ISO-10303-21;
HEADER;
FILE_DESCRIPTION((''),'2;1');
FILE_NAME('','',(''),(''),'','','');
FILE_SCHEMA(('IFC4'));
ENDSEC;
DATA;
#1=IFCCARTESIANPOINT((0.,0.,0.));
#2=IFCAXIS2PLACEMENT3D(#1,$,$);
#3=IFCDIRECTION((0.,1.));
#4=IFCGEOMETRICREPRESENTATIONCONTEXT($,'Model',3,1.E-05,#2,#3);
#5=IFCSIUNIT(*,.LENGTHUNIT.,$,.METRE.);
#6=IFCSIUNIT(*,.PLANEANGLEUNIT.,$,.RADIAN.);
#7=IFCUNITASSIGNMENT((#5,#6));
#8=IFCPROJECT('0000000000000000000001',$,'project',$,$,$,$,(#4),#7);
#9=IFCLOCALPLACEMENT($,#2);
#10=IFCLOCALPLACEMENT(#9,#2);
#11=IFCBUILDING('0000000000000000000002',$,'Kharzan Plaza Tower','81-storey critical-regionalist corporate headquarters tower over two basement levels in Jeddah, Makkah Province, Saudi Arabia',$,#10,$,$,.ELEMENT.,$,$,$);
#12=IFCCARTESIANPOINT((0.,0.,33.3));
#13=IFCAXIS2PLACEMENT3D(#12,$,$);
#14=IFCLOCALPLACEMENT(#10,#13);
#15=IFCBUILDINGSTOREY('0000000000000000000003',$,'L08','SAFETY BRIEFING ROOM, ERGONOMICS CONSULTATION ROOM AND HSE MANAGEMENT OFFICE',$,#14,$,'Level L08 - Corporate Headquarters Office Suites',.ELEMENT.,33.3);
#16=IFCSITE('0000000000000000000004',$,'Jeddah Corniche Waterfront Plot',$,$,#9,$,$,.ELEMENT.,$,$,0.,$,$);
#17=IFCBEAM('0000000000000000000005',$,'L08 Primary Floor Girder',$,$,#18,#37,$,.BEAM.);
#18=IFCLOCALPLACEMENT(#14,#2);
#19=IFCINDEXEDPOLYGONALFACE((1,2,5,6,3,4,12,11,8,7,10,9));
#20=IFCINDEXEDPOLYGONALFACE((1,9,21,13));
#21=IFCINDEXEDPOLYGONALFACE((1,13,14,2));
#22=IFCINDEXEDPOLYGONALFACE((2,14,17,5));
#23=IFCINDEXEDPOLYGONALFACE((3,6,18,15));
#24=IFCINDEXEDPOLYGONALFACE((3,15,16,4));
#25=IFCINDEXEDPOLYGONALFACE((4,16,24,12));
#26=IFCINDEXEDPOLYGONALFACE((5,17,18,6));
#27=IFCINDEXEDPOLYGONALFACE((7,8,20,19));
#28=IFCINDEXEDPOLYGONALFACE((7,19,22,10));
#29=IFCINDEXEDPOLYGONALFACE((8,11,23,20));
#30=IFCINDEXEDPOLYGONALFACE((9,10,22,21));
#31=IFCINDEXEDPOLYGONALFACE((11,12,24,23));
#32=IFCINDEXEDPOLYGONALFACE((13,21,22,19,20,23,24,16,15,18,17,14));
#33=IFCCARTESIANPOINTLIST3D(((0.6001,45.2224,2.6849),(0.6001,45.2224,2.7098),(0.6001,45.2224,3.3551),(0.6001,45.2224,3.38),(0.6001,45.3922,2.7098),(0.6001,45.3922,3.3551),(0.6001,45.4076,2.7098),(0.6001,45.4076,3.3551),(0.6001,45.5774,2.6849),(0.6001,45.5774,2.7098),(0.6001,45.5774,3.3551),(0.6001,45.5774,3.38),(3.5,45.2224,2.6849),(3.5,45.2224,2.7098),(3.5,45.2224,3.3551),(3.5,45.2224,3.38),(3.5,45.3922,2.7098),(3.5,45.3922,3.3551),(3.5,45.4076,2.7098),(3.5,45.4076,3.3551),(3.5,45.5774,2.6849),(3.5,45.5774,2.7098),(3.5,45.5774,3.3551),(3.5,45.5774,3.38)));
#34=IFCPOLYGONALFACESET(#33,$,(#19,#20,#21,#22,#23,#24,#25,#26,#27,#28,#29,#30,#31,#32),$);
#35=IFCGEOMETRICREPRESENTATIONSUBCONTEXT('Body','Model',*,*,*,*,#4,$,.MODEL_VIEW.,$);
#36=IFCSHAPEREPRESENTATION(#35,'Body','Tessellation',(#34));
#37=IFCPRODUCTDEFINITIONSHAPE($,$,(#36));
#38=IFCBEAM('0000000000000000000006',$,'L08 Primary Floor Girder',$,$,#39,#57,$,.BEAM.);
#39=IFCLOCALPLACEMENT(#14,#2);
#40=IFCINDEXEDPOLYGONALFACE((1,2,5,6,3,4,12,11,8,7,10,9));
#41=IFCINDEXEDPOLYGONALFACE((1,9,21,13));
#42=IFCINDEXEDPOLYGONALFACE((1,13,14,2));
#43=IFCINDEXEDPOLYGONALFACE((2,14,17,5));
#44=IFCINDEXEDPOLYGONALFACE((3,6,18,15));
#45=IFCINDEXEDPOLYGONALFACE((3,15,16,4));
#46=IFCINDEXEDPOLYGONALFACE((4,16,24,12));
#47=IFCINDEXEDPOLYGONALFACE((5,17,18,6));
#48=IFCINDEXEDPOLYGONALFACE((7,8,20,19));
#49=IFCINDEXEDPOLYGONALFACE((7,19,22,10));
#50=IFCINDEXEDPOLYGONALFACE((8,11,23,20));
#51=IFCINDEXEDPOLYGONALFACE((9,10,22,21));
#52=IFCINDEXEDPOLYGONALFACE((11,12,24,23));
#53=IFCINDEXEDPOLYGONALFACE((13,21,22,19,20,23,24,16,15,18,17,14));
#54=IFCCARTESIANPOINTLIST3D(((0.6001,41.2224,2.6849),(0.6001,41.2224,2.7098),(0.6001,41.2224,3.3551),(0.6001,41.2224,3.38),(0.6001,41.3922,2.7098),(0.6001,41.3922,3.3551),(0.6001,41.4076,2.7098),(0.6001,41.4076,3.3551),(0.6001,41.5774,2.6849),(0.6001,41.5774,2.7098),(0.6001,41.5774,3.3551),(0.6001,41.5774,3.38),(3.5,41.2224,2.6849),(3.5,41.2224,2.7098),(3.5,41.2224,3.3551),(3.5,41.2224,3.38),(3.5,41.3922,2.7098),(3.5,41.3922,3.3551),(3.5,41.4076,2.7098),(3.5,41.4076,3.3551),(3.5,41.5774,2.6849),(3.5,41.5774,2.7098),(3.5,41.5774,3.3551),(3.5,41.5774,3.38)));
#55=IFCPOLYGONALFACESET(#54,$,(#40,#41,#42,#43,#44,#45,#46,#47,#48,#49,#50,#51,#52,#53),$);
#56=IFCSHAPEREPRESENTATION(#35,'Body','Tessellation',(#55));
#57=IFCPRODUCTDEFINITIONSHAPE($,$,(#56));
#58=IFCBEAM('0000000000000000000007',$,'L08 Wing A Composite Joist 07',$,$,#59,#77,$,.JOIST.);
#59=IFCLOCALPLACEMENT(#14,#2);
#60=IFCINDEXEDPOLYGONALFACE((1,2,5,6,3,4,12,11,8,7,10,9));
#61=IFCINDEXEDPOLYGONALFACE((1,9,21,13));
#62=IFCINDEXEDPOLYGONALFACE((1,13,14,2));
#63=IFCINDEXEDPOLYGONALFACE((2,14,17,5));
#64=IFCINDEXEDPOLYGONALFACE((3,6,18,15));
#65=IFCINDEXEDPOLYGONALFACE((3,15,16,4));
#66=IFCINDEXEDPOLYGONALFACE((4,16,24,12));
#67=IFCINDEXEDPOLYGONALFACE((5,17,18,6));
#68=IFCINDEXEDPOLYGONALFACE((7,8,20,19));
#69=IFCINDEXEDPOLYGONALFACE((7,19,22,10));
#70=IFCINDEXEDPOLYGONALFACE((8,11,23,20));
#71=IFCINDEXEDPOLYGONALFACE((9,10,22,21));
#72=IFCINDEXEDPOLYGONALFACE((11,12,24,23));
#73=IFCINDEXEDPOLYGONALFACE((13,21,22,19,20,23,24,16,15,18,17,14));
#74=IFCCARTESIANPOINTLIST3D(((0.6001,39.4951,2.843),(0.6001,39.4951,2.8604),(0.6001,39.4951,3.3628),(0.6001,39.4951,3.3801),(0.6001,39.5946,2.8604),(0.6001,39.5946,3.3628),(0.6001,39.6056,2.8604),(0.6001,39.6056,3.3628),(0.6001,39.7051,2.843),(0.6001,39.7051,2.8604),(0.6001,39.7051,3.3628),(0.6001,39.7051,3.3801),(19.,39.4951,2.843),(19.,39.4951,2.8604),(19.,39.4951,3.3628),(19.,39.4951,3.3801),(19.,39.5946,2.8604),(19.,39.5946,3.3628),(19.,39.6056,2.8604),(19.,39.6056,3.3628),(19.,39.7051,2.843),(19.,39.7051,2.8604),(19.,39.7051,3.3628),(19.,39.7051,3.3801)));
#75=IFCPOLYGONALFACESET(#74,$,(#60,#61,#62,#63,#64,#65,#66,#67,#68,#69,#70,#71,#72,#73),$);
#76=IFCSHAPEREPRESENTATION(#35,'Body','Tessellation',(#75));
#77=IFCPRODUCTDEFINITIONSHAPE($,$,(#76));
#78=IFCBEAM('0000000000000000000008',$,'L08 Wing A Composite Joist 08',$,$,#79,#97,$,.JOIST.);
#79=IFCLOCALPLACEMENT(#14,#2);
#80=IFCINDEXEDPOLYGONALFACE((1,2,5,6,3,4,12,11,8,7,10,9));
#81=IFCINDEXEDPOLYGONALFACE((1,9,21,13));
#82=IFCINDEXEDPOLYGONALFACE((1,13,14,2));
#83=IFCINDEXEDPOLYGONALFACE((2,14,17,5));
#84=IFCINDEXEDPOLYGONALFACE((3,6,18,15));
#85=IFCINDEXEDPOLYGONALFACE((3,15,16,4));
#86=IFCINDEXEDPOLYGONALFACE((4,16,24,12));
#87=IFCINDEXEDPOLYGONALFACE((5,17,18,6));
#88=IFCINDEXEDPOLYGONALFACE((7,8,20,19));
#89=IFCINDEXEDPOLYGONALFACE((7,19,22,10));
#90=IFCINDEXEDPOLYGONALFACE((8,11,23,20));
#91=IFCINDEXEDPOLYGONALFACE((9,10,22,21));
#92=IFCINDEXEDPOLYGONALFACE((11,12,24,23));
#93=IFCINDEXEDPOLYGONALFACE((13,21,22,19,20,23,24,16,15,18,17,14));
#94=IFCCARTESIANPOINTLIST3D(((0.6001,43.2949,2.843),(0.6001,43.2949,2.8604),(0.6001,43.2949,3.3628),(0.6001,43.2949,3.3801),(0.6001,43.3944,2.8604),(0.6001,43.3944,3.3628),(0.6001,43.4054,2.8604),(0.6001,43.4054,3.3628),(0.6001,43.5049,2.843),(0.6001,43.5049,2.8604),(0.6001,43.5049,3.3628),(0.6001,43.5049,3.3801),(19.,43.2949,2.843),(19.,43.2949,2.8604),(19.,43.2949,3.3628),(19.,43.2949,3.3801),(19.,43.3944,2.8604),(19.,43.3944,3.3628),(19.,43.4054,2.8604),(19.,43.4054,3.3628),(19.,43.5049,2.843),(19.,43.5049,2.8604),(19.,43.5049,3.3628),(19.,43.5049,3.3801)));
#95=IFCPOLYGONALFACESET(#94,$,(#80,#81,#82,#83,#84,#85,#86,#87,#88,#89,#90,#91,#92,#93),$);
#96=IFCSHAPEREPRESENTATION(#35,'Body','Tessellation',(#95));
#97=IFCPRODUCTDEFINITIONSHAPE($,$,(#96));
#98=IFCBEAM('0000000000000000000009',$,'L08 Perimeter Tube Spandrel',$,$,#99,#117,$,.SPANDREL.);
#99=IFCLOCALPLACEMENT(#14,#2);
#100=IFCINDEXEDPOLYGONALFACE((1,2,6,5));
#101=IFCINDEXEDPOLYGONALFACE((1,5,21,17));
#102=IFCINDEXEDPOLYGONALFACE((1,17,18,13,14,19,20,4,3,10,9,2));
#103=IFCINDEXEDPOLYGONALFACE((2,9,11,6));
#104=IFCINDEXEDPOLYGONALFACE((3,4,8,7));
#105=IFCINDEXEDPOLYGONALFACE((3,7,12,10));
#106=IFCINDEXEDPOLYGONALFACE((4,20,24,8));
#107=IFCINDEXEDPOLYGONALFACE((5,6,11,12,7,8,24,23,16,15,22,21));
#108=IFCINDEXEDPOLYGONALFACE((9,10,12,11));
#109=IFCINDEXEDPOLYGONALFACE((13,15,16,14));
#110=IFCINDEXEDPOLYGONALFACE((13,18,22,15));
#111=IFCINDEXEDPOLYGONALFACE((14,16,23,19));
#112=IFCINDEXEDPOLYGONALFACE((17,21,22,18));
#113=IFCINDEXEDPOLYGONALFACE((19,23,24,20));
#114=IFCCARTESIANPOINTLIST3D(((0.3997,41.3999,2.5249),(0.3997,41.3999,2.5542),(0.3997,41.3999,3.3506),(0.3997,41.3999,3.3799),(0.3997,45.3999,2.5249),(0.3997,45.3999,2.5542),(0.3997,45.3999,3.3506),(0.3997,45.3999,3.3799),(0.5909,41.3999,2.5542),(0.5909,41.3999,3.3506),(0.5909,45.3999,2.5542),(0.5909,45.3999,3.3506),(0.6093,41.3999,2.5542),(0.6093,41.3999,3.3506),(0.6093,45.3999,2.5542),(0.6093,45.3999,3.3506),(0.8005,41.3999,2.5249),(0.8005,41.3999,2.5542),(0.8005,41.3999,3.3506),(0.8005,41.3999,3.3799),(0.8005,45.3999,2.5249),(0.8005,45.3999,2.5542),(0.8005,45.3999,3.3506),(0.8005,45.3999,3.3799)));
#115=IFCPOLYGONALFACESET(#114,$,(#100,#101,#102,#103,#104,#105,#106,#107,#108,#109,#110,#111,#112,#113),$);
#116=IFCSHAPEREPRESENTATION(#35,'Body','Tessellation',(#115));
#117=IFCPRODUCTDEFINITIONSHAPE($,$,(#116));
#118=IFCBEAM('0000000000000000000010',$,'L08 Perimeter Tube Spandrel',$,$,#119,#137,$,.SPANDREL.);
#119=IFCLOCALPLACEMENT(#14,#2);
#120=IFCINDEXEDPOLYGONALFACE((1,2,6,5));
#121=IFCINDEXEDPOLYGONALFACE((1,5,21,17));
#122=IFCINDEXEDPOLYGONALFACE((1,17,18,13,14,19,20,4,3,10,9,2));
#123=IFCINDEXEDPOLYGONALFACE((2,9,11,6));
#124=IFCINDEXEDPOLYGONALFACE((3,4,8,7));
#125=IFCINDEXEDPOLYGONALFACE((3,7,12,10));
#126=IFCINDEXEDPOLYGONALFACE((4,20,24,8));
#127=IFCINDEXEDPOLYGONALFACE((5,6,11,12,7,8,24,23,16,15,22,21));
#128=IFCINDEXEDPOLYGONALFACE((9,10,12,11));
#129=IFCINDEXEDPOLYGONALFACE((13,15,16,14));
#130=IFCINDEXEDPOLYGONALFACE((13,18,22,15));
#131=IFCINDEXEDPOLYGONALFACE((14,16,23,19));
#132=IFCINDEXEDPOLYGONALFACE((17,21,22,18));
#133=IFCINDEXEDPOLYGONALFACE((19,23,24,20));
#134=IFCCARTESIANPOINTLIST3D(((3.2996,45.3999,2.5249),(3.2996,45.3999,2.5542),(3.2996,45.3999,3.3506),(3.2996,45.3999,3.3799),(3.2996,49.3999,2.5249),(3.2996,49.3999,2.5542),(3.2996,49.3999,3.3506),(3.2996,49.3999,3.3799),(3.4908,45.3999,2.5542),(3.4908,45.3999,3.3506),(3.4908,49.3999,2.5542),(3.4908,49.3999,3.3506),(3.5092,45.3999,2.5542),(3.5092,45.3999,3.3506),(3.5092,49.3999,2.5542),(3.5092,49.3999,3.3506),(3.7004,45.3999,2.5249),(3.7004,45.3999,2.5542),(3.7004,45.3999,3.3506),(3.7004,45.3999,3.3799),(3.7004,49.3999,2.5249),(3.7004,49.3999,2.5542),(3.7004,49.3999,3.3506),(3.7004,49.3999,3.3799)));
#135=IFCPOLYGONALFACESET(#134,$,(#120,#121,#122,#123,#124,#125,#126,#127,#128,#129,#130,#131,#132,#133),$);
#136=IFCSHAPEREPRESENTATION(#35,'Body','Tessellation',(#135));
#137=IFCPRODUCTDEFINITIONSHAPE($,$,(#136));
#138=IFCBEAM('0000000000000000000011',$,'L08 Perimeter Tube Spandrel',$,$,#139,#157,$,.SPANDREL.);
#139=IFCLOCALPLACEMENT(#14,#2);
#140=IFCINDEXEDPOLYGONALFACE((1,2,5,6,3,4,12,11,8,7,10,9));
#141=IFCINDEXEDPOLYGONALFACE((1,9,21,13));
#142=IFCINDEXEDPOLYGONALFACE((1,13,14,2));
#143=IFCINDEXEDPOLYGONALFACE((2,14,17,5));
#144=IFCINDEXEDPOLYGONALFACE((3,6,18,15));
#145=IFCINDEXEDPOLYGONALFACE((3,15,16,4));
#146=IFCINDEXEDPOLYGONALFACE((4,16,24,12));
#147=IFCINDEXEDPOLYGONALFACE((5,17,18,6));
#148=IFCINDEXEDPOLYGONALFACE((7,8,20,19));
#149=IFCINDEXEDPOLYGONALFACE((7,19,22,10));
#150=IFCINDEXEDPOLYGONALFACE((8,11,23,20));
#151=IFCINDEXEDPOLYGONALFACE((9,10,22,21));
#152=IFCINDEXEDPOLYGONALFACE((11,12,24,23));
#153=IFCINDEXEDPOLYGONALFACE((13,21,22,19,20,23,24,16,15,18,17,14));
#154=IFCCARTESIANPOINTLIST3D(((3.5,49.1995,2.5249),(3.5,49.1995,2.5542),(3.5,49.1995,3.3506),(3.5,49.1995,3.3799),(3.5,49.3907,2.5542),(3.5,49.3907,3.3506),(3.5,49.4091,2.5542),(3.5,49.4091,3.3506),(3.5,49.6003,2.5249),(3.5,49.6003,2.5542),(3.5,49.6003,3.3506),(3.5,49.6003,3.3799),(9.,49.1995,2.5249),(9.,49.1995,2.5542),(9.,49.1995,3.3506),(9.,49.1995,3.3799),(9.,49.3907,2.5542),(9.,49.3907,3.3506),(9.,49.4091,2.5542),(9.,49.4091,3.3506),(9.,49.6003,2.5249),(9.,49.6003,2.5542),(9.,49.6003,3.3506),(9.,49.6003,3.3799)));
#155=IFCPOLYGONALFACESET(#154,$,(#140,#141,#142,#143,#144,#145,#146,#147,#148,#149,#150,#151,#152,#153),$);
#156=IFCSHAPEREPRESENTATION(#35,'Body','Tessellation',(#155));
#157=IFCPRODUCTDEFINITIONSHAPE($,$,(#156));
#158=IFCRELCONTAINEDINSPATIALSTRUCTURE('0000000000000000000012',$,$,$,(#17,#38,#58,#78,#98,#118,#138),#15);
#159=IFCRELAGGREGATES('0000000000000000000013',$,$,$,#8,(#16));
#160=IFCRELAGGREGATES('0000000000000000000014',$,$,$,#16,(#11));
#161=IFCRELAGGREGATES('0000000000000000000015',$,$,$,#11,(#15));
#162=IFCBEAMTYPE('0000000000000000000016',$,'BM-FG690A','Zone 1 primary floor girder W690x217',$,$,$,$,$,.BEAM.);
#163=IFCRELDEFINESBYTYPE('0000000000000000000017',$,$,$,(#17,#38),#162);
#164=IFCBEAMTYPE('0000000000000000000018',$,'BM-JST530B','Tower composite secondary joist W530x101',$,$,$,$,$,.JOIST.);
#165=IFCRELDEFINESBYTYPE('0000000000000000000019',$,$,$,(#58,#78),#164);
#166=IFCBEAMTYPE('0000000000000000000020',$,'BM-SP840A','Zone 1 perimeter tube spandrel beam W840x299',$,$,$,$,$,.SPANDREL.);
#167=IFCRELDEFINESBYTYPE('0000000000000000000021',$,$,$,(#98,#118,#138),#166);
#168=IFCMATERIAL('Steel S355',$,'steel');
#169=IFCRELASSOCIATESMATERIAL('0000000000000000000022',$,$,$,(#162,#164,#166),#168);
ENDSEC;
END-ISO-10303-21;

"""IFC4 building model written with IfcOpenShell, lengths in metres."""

from ifc_helpers import new_model, si_unit, direction, frame, origin, origin_2d, place, context, subcontext, project, spatial, i_section, extrude, source, transform, mapped, material, material_profile, profile_set, type_object, element, save


model = new_model("IFC4")

# Units and contexts
model_context = context("Model", 3, precision=1e-05, world=origin(), true_north=direction((0.0, 1.0)))
body_context = subcontext(model_context, "Body", "Model", "MODEL_VIEW")
ifc_project = project(units=[si_unit("LENGTHUNIT", "METRE"), si_unit("PLANEANGLEUNIT", "RADIAN")], contexts=[model_context])

# Site, building, storey
site_placement = place(None, origin())
site = spatial("IfcSite", under=ifc_project, at=site_placement, Name="Jeddah Corniche Waterfront Plot", CompositionType="ELEMENT", RefElevation=0.0)
building_placement = place(site_placement, origin())
building = spatial("IfcBuilding", under=site, at=building_placement, Name="Kharzan Plaza Tower", Description="81-storey critical-regionalist corporate headquarters tower over two basement levels in Jeddah, Makkah Province, Saudi Arabia", CompositionType="ELEMENT")
storey_placement = place(building_placement, frame((0.0, 0.0, 33.3)))
storey = spatial("IfcBuildingStorey", under=building, at=storey_placement, Name="L08", Description="SAFETY BRIEFING ROOM, ERGONOMICS CONSULTATION ROOM AND HSE MANAGEMENT OFFICE", LongName="Level L08 - Corporate Headquarters Office Suites", CompositionType="ELEMENT", Elevation=33.3)

# Beams
ifc_material_1 = material(Name="Steel S355", Category="steel")
ifc_material_profile_1 = material_profile(ifc_material_1, i_section(OverallWidth=0.355, OverallDepth=0.6951, WebThickness=0.0154, FlangeThickness=0.0249, at=origin_2d()), Name="W690x217")
ifc_profile_set_1 = profile_set([ifc_material_profile_1], Name="Steel S355")
beam_type_1 = type_object("IfcBeamType", Name="BM-FG690A", Description="Zone 1 primary floor girder W690x217", PredefinedType="BEAM", material=ifc_profile_set_1)
shared_shape_1 = source(origin(), body_context, "Body", "SweptSolid", [
    extrude(i_section(OverallWidth=0.355, OverallDepth=0.6951, WebThickness=0.0154, FlangeThickness=0.0249, at=origin_2d()), origin(), (0.0, 0.0, 1.0), 2.8999),
])
for number, where, z_axis, x_axis, name in (
    (1, (0.6001, 45.3999, 3.0325), (1.0, 0.0, 0.0), (0.0, 1.0, 0.0), "L08 Primary Floor Girder"),
    (2, (0.6001, 41.3999, 3.0325), (1.0, 0.0, 0.0), (0.0, 1.0, 0.0), "L08 Primary Floor Girder"),
):
    element("IfcBeam", number, at=place(storey_placement, frame(where, z_axis=z_axis, x_axis=x_axis)), inside=storey, type_object=beam_type_1, Name=name, PredefinedType="BEAM", context=body_context, shape_type="MappedRepresentation", body=[
        mapped(shared_shape_1, transform((0.0, 0.0, 0.0), x_axis=(1.0, 0.0, 0.0), y_axis=(0.0, 1.0, 0.0), z_axis=(0.0, 0.0, 1.0))),
    ])
ifc_material_profile_2 = material_profile(ifc_material_1, i_section(OverallWidth=0.21, OverallDepth=0.5371, WebThickness=0.011, FlangeThickness=0.0173, at=origin_2d()), Name="W530x101")
ifc_profile_set_2 = profile_set([ifc_material_profile_2], Name="Steel S355")
beam_type_2 = type_object("IfcBeamType", Name="BM-JST530B", Description="Tower composite secondary joist W530x101", PredefinedType="JOIST", material=ifc_profile_set_2)
shared_shape_2 = source(origin(), body_context, "Body", "SweptSolid", [
    extrude(i_section(OverallWidth=0.21, OverallDepth=0.5371, WebThickness=0.011, FlangeThickness=0.0173, at=origin_2d()), origin(), (0.0, 0.0, 1.0), 18.3999),
])
for number, where, z_axis, x_axis, name in (
    (3, (0.6001, 39.6001, 3.1116), (1.0, 0.0, 0.0), (0.0, 1.0, 0.0), "L08 Wing A Composite Joist 07"),
    (4, (0.6001, 43.3999, 3.1116), (1.0, 0.0, 0.0), (0.0, 1.0, 0.0), "L08 Wing A Composite Joist 08"),
):
    element("IfcBeam", number, at=place(storey_placement, frame(where, z_axis=z_axis, x_axis=x_axis)), inside=storey, type_object=beam_type_2, Name=name, PredefinedType="JOIST", context=body_context, shape_type="MappedRepresentation", body=[
        mapped(shared_shape_2, transform((0.0, 0.0, 0.0), x_axis=(1.0, 0.0, 0.0), y_axis=(0.0, 1.0, 0.0), z_axis=(0.0, 0.0, 1.0))),
    ])
ifc_material_profile_3 = material_profile(ifc_material_1, i_section(OverallWidth=0.4009, OverallDepth=0.855, WebThickness=0.0183, FlangeThickness=0.0293, at=origin_2d()), Name="W840x299")
ifc_profile_set_3 = profile_set([ifc_material_profile_3], Name="Steel S355")
beam_type_3 = type_object("IfcBeamType", Name="BM-SP840A", Description="Zone 1 perimeter tube spandrel beam W840x299", PredefinedType="SPANDREL", material=ifc_profile_set_3)
shared_shape_3 = source(origin(), body_context, "Body", "SweptSolid", [
    extrude(i_section(OverallWidth=0.4009, OverallDepth=0.855, WebThickness=0.0183, FlangeThickness=0.0293, at=origin_2d()), origin(), (0.0, 0.0, 1.0), 4.0),
])
for number, where, z_axis, x_axis, name in (
    (5, (0.6001, 41.3999, 2.9524), (0.0, 1.0, 0.0), (-1.0, 0.0, 0.0), "L08 Perimeter Tube Spandrel"),
    (6, (3.5, 45.3999, 2.9524), (0.0, 1.0, 0.0), (-1.0, 0.0, 0.0), "L08 Perimeter Tube Spandrel"),
):
    element("IfcBeam", number, at=place(storey_placement, frame(where, z_axis=z_axis, x_axis=x_axis)), inside=storey, type_object=beam_type_3, Name=name, PredefinedType="SPANDREL", context=body_context, shape_type="MappedRepresentation", body=[
        mapped(shared_shape_3, transform((0.0, 0.0, 0.0), x_axis=(1.0, 0.0, 0.0), y_axis=(0.0, 1.0, 0.0), z_axis=(0.0, 0.0, 1.0))),
    ])
shared_shape_4 = source(origin(), body_context, "Body", "SweptSolid", [
    extrude(i_section(OverallWidth=0.4009, OverallDepth=0.855, WebThickness=0.0183, FlangeThickness=0.0293, at=origin_2d()), origin(), (0.0, 0.0, 1.0), 5.5),
])
beam_1_placement = place(storey_placement, frame((3.5, 49.3999, 2.9524), z_axis=(1.0, 0.0, 0.0), x_axis=(0.0, 1.0, 0.0)))
element("IfcBeam", 7, at=beam_1_placement, inside=storey, type_object=beam_type_3, Name="L08 Perimeter Tube Spandrel", PredefinedType="SPANDREL", context=body_context, shape_type="MappedRepresentation", body=[
    mapped(shared_shape_4, transform((0.0, 0.0, 0.0), x_axis=(1.0, 0.0, 0.0), y_axis=(0.0, 1.0, 0.0), z_axis=(0.0, 0.0, 1.0))),
])

save(model, "model.ifc")
